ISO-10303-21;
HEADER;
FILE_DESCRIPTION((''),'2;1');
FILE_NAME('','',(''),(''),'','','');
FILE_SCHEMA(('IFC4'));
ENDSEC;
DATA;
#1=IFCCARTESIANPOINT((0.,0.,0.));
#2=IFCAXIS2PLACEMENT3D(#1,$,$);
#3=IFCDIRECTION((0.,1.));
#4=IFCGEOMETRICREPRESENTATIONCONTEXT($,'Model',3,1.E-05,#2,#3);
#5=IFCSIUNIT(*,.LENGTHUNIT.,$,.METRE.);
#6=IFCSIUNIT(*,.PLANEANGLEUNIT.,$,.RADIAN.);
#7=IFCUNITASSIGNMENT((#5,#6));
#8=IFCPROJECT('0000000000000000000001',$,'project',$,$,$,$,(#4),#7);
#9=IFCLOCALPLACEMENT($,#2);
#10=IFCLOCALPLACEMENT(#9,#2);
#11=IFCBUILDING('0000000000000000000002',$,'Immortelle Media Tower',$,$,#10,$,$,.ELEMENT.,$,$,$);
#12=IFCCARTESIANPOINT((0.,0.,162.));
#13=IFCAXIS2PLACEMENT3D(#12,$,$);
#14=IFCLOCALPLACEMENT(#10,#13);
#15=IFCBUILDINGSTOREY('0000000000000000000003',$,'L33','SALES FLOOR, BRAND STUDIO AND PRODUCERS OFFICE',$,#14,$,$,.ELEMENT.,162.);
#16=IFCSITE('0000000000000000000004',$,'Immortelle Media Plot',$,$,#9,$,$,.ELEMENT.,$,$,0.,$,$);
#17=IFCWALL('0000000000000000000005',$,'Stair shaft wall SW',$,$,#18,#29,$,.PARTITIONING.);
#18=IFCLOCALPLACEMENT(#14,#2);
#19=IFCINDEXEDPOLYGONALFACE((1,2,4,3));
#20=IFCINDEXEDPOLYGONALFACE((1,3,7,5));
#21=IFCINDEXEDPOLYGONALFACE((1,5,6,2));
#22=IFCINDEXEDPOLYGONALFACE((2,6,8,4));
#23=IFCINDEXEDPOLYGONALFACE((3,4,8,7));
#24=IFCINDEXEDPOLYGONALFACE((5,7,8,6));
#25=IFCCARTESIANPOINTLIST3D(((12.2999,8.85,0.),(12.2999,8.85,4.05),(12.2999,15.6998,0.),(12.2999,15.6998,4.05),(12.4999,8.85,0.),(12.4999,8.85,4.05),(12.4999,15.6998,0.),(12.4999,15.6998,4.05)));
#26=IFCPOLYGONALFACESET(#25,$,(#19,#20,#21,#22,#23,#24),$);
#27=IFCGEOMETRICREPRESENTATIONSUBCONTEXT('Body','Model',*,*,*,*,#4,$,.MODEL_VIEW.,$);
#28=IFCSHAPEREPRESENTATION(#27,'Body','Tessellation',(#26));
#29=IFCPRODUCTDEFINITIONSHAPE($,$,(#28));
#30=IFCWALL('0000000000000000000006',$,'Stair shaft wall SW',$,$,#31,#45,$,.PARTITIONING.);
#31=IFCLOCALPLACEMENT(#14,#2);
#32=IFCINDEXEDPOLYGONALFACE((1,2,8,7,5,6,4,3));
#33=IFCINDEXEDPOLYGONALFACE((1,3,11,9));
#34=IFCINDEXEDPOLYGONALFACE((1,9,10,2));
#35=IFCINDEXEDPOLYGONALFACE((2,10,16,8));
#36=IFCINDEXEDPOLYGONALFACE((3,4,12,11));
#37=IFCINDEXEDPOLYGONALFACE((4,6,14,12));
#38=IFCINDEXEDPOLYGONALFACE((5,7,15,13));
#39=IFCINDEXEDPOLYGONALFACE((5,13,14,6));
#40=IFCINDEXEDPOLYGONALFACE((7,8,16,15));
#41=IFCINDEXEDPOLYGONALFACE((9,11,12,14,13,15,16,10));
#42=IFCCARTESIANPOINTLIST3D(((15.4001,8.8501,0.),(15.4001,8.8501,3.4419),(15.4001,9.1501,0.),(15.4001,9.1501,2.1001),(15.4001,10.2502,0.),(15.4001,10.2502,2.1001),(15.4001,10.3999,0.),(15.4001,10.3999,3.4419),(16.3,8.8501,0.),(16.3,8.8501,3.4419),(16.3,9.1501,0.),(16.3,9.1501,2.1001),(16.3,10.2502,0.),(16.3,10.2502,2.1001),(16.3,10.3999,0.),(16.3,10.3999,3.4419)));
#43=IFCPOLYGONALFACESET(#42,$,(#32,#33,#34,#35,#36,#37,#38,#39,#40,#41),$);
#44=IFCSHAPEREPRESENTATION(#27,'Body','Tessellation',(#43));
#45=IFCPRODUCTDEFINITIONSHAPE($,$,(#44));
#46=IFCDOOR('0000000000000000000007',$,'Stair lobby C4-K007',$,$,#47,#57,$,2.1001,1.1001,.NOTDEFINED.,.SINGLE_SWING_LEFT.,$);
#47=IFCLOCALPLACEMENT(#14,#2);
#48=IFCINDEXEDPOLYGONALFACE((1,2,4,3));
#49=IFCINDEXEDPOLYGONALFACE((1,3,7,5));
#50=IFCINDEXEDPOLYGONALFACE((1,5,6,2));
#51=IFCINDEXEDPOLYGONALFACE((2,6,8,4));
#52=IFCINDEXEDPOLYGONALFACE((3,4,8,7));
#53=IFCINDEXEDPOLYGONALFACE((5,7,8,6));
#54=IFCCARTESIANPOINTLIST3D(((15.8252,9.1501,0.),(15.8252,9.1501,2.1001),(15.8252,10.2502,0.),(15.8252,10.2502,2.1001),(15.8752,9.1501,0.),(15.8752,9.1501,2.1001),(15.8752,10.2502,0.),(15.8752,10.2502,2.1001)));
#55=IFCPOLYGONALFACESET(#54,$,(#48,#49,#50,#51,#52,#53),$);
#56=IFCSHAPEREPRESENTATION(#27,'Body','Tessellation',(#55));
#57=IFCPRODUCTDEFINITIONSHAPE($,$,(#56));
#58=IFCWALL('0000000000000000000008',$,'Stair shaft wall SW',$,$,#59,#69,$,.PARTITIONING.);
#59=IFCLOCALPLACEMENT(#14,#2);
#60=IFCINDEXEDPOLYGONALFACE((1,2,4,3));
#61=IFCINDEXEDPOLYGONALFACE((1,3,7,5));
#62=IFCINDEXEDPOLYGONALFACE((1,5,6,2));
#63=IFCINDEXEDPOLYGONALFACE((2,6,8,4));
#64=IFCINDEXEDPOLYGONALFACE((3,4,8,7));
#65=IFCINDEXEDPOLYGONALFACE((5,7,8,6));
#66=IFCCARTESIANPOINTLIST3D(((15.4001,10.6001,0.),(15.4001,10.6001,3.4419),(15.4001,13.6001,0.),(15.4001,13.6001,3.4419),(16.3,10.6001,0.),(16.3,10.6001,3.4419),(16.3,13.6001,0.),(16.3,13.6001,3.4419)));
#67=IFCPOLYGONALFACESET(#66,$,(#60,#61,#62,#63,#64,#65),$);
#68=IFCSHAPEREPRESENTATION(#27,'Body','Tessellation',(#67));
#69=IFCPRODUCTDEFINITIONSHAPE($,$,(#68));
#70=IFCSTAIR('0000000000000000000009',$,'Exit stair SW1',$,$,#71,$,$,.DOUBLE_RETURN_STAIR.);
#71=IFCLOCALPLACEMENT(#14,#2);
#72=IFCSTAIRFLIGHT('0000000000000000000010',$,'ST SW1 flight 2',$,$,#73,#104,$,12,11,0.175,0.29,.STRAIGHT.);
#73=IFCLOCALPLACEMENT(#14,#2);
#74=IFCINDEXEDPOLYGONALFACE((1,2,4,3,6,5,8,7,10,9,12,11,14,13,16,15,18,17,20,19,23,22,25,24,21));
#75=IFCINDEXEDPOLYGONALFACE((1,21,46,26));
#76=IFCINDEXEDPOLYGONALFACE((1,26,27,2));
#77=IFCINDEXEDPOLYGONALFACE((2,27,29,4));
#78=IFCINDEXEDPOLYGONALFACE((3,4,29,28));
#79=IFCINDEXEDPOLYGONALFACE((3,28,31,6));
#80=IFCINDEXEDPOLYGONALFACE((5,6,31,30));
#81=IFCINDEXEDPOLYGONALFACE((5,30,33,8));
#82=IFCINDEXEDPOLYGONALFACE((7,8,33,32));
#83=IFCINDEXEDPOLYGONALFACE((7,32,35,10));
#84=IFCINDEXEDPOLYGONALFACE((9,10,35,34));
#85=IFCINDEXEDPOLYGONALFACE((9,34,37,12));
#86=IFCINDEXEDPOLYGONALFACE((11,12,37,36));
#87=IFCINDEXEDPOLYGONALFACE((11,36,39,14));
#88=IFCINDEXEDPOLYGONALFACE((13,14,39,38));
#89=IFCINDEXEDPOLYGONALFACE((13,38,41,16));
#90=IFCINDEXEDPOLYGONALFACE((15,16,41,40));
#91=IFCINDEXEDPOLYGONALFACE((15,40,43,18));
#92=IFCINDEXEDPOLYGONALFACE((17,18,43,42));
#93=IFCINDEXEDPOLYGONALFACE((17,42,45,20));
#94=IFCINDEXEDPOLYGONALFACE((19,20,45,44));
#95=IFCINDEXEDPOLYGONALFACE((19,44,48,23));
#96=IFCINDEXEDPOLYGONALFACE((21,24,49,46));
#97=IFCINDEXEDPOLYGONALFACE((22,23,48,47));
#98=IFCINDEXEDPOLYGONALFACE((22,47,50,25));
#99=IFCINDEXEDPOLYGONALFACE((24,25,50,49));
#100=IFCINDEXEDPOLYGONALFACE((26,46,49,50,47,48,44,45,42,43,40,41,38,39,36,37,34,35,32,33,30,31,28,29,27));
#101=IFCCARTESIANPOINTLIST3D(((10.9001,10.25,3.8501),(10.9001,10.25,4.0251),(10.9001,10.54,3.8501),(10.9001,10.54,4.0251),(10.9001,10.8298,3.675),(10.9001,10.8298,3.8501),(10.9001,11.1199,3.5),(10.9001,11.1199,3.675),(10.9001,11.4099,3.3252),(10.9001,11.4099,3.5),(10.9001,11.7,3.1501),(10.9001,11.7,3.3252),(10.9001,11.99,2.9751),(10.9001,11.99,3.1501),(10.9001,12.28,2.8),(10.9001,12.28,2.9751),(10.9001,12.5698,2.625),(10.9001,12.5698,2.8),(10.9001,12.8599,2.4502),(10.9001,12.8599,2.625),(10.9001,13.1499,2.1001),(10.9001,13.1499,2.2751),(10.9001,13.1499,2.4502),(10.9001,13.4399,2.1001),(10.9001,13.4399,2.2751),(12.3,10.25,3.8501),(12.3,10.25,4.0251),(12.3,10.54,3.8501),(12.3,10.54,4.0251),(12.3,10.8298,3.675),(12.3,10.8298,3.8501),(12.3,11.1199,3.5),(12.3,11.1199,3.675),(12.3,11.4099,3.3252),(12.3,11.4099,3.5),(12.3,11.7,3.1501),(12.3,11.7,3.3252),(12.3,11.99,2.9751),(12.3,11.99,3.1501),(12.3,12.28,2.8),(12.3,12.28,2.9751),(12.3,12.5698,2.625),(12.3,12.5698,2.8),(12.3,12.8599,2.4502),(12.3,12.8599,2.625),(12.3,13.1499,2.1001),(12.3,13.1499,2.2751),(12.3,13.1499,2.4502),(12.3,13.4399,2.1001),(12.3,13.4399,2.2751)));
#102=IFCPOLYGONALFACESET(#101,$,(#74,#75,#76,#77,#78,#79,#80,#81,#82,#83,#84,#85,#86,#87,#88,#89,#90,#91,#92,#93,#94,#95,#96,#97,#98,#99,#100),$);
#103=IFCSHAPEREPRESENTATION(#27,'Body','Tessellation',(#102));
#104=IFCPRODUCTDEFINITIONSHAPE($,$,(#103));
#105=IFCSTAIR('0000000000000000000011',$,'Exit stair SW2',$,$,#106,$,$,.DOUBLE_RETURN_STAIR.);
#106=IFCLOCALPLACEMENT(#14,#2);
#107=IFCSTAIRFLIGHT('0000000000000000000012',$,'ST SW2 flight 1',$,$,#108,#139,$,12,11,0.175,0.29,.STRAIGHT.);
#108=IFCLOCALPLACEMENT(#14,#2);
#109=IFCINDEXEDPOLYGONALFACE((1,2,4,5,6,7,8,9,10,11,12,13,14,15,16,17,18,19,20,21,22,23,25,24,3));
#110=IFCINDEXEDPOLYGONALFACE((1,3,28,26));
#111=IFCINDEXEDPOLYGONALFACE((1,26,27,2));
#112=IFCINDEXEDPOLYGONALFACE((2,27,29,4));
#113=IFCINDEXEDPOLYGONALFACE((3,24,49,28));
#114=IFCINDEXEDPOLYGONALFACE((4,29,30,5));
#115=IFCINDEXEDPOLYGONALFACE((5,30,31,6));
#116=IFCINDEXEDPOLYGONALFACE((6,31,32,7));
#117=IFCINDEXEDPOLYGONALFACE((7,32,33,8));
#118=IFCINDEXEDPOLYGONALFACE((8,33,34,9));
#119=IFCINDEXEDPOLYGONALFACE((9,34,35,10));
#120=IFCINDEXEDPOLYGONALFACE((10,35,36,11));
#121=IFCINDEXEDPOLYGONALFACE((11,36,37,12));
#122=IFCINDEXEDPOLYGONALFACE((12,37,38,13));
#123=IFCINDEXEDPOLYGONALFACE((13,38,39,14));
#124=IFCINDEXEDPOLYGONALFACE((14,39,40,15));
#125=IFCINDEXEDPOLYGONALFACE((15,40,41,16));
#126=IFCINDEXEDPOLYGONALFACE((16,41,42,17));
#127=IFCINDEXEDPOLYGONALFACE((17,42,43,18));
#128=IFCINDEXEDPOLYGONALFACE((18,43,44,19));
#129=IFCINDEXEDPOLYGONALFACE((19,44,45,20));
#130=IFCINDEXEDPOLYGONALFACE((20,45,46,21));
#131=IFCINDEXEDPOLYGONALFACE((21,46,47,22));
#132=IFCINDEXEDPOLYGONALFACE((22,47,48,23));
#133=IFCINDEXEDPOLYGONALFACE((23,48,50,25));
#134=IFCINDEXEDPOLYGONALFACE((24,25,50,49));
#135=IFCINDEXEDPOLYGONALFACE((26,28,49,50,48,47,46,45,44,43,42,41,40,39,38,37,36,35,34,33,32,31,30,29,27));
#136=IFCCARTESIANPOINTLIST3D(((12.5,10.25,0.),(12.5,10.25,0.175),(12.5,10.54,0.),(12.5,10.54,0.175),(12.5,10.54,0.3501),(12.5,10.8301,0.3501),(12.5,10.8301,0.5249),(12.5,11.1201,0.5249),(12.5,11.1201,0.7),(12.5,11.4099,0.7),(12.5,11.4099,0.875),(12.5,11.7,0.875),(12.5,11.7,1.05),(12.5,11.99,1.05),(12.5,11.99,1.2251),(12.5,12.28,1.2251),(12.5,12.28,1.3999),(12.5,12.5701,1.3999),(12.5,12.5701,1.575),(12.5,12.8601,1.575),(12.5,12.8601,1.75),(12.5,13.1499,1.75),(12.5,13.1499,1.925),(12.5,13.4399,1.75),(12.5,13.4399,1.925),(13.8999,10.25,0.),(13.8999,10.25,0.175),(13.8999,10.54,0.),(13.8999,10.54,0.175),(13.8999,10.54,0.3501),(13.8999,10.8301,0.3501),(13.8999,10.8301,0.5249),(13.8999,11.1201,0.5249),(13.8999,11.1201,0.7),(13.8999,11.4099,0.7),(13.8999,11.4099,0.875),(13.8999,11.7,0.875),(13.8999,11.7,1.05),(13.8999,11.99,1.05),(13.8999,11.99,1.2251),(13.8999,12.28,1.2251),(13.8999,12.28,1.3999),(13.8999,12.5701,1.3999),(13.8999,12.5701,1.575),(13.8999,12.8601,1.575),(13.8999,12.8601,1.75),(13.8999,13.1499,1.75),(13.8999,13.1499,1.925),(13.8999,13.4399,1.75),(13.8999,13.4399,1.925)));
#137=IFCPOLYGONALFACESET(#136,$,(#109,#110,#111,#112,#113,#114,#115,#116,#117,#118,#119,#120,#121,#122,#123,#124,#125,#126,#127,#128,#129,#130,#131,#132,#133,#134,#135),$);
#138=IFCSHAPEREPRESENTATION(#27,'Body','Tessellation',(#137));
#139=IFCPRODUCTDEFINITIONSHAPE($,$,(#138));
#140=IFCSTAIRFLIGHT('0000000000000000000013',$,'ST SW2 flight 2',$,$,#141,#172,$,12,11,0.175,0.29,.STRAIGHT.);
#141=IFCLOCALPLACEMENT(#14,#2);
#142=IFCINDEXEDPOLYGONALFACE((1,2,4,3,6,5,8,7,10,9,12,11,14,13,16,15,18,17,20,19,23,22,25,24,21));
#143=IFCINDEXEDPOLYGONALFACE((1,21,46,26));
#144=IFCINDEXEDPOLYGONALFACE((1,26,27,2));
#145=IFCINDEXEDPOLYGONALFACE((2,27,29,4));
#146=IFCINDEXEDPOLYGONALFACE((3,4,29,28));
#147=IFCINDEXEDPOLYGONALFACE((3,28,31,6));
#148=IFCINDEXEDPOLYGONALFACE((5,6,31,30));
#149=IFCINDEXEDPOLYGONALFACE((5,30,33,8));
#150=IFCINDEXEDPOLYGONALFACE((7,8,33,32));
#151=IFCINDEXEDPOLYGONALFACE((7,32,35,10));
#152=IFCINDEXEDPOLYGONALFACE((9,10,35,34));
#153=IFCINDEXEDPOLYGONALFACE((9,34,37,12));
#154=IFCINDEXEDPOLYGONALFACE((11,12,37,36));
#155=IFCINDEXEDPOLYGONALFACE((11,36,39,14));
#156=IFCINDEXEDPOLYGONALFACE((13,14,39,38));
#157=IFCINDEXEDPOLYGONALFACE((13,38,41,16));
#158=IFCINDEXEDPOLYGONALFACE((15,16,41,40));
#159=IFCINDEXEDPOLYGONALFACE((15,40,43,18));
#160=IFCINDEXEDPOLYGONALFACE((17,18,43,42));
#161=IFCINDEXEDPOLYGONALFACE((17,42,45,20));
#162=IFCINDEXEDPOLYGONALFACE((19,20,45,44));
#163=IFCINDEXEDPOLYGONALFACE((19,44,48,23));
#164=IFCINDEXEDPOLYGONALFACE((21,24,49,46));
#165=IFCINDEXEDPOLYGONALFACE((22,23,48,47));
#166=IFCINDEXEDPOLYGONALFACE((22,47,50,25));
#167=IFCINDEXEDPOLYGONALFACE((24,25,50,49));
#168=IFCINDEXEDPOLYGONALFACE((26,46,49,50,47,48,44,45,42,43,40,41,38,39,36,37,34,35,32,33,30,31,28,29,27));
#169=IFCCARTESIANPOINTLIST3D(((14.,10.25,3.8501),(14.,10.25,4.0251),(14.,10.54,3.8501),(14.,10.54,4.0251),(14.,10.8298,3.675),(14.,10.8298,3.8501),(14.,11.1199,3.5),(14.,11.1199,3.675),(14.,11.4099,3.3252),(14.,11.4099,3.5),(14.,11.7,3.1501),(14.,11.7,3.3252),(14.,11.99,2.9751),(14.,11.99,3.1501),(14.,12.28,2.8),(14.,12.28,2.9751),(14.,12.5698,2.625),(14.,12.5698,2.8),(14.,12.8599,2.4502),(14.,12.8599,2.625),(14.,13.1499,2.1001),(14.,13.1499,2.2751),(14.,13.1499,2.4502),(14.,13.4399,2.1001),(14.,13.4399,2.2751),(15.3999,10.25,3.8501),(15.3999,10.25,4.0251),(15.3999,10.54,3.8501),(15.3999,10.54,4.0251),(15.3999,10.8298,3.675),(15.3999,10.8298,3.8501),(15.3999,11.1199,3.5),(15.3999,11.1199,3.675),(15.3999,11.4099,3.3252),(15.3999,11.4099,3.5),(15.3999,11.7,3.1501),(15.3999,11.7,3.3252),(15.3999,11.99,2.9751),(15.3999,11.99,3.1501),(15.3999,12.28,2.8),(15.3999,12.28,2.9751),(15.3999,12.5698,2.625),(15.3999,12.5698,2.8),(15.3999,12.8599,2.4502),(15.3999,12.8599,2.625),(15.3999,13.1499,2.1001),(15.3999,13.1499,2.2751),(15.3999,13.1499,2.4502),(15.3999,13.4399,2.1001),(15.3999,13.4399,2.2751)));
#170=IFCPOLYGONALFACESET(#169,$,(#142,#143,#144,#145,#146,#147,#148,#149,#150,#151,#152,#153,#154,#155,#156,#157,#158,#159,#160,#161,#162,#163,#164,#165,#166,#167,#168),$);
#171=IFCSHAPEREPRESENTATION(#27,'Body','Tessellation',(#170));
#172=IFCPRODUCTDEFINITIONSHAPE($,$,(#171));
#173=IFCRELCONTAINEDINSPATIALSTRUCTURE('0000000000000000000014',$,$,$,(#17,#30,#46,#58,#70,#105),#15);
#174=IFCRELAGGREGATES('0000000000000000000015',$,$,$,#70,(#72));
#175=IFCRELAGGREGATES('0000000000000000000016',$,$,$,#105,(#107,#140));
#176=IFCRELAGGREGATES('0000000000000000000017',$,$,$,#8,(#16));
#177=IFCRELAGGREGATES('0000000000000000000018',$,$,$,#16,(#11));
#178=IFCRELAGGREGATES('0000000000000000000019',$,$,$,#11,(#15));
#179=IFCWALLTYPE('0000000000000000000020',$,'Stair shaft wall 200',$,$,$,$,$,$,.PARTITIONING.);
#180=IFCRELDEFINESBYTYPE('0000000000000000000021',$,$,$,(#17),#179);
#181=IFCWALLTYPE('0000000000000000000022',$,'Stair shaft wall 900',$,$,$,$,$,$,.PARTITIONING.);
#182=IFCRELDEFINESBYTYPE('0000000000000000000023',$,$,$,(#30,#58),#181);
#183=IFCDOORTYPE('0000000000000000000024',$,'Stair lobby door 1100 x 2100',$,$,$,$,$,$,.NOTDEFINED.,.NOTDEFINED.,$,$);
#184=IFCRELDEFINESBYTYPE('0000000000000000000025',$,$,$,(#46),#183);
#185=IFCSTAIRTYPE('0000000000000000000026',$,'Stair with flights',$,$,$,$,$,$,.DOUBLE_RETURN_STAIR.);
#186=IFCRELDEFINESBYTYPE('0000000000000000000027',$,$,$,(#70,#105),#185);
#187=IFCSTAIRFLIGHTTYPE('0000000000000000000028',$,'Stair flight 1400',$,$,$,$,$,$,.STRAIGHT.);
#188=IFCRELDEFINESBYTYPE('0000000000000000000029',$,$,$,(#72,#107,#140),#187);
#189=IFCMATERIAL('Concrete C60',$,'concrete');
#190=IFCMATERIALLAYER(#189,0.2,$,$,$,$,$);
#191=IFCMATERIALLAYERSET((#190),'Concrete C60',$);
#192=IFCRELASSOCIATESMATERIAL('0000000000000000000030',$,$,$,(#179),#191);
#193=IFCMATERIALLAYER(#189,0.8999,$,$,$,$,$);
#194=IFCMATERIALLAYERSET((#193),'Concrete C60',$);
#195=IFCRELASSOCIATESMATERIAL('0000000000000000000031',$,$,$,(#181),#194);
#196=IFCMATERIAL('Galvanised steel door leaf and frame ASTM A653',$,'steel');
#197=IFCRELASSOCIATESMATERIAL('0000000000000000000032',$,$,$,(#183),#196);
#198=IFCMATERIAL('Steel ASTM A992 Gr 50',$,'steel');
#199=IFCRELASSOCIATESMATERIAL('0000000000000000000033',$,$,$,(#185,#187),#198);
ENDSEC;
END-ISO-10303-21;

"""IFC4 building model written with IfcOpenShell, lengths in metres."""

from ifc_helpers import new_model, si_unit, direction, frame, frame_2d, origin, place, context, subcontext, project, spatial, polyline, rectangle, outline, extrude, material, layer, layer_set, type_object, element, fill, aggregate, save


model = new_model("IFC4")

# Units and contexts
model_context = context("Model", 3, precision=1e-05, world=origin(), true_north=direction((0.0, 1.0)))
body_context = subcontext(model_context, "Body", "Model", "MODEL_VIEW")
ifc_project = project(units=[si_unit("LENGTHUNIT", "METRE"), si_unit("PLANEANGLEUNIT", "RADIAN")], contexts=[model_context])

# Site, building, storey
site_placement = place(None, origin())
site = spatial("IfcSite", under=ifc_project, at=site_placement, Name="Immortelle Media Plot", CompositionType="ELEMENT", RefElevation=0.0)
building_placement = place(site_placement, origin())
building = spatial("IfcBuilding", under=site, at=building_placement, Name="Immortelle Media Tower", CompositionType="ELEMENT")
storey_placement = place(building_placement, frame((0.0, 0.0, 162.0)))
storey = spatial("IfcBuildingStorey", under=building, at=storey_placement, Name="L33", Description="SALES FLOOR, BRAND STUDIO AND PRODUCERS OFFICE", CompositionType="ELEMENT", Elevation=162.0)

# Shared definitions
ifc_material_1 = material(Name="Steel ASTM A992 Gr 50", Category="steel")

# Wall
ifc_material_2 = material(Name="Concrete C60", Category="concrete")
ifc_layer_1 = layer(ifc_material_2, 0.2)
ifc_layer_set_1 = layer_set([ifc_layer_1], Name="Concrete C60")
wall_type_1 = type_object("IfcWallType", Name="Stair shaft wall 200", PredefinedType="PARTITIONING", material=ifc_layer_set_1)
wall_1_placement = place(storey_placement, frame((12.3999, 8.8501, 0.0), z_axis=(0.0, 0.0, 1.0), x_axis=(0.0, 1.0, 0.0)))
element("IfcWall", 1, at=wall_1_placement, inside=storey, type_object=wall_type_1, Name="Stair shaft wall SW", PredefinedType="PARTITIONING", context=body_context, shape_type="SweptSolid", body=[
    extrude(rectangle(XDim=6.8499, YDim=0.2, at=frame_2d((3.4248, 0.0))), origin(), (0.0, 0.0, 1.0), 4.05),
])

# Wall, opening, door
ifc_layer_2 = layer(ifc_material_2, 0.8999)
ifc_layer_set_2 = layer_set([ifc_layer_2], Name="Concrete C60")
wall_type_2 = type_object("IfcWallType", Name="Stair shaft wall 900", PredefinedType="PARTITIONING", material=ifc_layer_set_2)
wall_2_placement = place(storey_placement, frame((15.8501, 8.8501, 0.0), z_axis=(0.0, 0.0, 1.0), x_axis=(0.0, 1.0, 0.0)))
wall_2 = element("IfcWall", 2, at=wall_2_placement, inside=storey, type_object=wall_type_2, Name="Stair shaft wall SW", PredefinedType="PARTITIONING", context=body_context, shape_type="SweptSolid", body=[
    extrude(rectangle(XDim=1.5498, YDim=0.8999, at=frame_2d((0.7749, 0.0))), origin(), (0.0, 0.0, 1.0), 3.4419),
])
opening_1_placement = place(wall_2_placement, frame((0.3, 0.0, 0.0)))
opening_1 = element("IfcOpeningElement", 3, at=opening_1_placement, cuts=wall_2, PredefinedType="OPENING", context=body_context, shape_type="SweptSolid", body=[
    extrude(rectangle(XDim=1.1001, YDim=2.1001, at=frame_2d((0.55, 1.05))), frame((0.0, 0.46, 0.0), z_axis=(0.0, -1.0, 0.0), x_axis=(1.0, 0.0, 0.0)), (0.0, 0.0, 1.0), 0.9199),
])
ifc_material_3 = material(Name="Galvanised steel door leaf and frame ASTM A653", Category="steel")
door_type_1 = type_object("IfcDoorType", Name="Stair lobby door 1100 x 2100", OperationType="NOTDEFINED", PredefinedType="NOTDEFINED", material=ifc_material_3)
door_1_placement = place(opening_1_placement, origin())
door_1 = element("IfcDoor", 4, at=door_1_placement, inside=storey, type_object=door_type_1, Name="Stair lobby C4-K007", OperationType="SINGLE_SWING_LEFT", OverallHeight=2.1001, OverallWidth=1.1001, PredefinedType="NOTDEFINED", context=body_context, shape_type="SweptSolid", body=[
    extrude(rectangle(XDim=1.1001, YDim=2.1001, at=frame_2d((0.55, 1.05))), frame((0.0, 0.0249, 0.0), z_axis=(0.0, -1.0, 0.0), x_axis=(1.0, 0.0, 0.0)), (0.0, 0.0, 1.0), 0.05),
])
fill(opening_1, door_1)

# Wall
wall_3_placement = place(storey_placement, frame((15.8501, 10.6001, 0.0), z_axis=(0.0, 0.0, 1.0), x_axis=(0.0, 1.0, 0.0)))
element("IfcWall", 5, at=wall_3_placement, inside=storey, type_object=wall_type_2, Name="Stair shaft wall SW", PredefinedType="PARTITIONING", context=body_context, shape_type="SweptSolid", body=[
    extrude(rectangle(XDim=3.0, YDim=0.8999, at=frame_2d((1.5, 0.0))), origin(), (0.0, 0.0, 1.0), 3.4419),
])

# Stair, stair flight
stair_type = type_object("IfcStairType", Name="Stair with flights", PredefinedType="DOUBLE_RETURN_STAIR", material=ifc_material_1)
stair_1_placement = place(storey_placement, origin())
stair_1 = element("IfcStair", 6, at=stair_1_placement, inside=storey, type_object=stair_type, Name="Exit stair SW1", PredefinedType="DOUBLE_RETURN_STAIR")
stair_flight_type = type_object("IfcStairFlightType", Name="Stair flight 1400", PredefinedType="STRAIGHT", material=ifc_material_1)
stair_flight_1_placement = place(storey_placement, frame((11.6001, 13.4399, 2.1001), z_axis=(0.0, 0.0, 1.0), x_axis=(0.0, -1.0, 0.0)))
stair_flight_1 = element("IfcStairFlight", 7, at=stair_flight_1_placement, type_object=stair_flight_type, Name="ST SW1 flight 2", NumberOfRisers=12, NumberOfTreads=11, PredefinedType="STRAIGHT", RiserHeight=0.175, TreadLength=0.29, context=body_context, shape_type="SweptSolid", body=[
    extrude(outline(polyline([(0.0, 0.0), (0.0, 0.175), (0.29, 0.175), (0.29, 0.3501), (0.5801, 0.3501), (0.5801, 0.5249), (0.8701, 0.5249), (0.8701, 0.7), (1.1599, 0.7), (1.1599, 0.875), (1.45, 0.875), (1.45, 1.05), (1.74, 1.05), (1.74, 1.2251), (2.03, 1.2251), (2.03, 1.3999), (2.3201, 1.3999), (2.3201, 1.575), (2.6101, 1.575), (2.6101, 1.75), (2.8999, 1.75), (2.8999, 1.925), (3.1899, 1.925), (3.1899, 2.1001), (3.1899, 1.75), (0.29, 0.0), (0.0, 0.0)])), frame((0.0, 0.7, 0.0), z_axis=(0.0, -1.0, 0.0), x_axis=(1.0, 0.0, 0.0)), (0.0, 0.0, 1.0), 1.3999),
])
aggregate(stair_1, [stair_flight_1])

# Stair, stair flights
stair_2_placement = place(storey_placement, origin())
stair_2 = element("IfcStair", 8, at=stair_2_placement, inside=storey, type_object=stair_type, Name="Exit stair SW2", PredefinedType="DOUBLE_RETURN_STAIR")
stair_flight_2_placement = place(storey_placement, frame((13.2, 10.25, 0.0), z_axis=(0.0, 0.0, 1.0), x_axis=(0.0, 1.0, 0.0)))
stair_flight_2 = element("IfcStairFlight", 9, at=stair_flight_2_placement, type_object=stair_flight_type, Name="ST SW2 flight 1", NumberOfRisers=12, NumberOfTreads=11, PredefinedType="STRAIGHT", RiserHeight=0.175, TreadLength=0.29, context=body_context, shape_type="SweptSolid", body=[
    extrude(outline(polyline([(0.0, 0.0), (0.0, 0.175), (0.29, 0.175), (0.29, 0.3501), (0.5801, 0.3501), (0.5801, 0.5249), (0.8701, 0.5249), (0.8701, 0.7), (1.1599, 0.7), (1.1599, 0.875), (1.45, 0.875), (1.45, 1.05), (1.74, 1.05), (1.74, 1.2251), (2.03, 1.2251), (2.03, 1.3999), (2.3201, 1.3999), (2.3201, 1.575), (2.6101, 1.575), (2.6101, 1.75), (2.8999, 1.75), (2.8999, 1.925), (3.1899, 1.925), (3.1899, 2.1001), (3.1899, 1.75), (0.29, 0.0), (0.0, 0.0)])), frame((0.0, 0.7, 0.0), z_axis=(0.0, -1.0, 0.0), x_axis=(1.0, 0.0, 0.0)), (0.0, 0.0, 1.0), 1.3999),
])
stair_flight_3_placement = place(storey_placement, frame((14.7, 13.4399, 2.1001), z_axis=(0.0, 0.0, 1.0), x_axis=(0.0, -1.0, 0.0)))
stair_flight_3 = element("IfcStairFlight", 10, at=stair_flight_3_placement, type_object=stair_flight_type, Name="ST SW2 flight 2", NumberOfRisers=12, NumberOfTreads=11, PredefinedType="STRAIGHT", RiserHeight=0.175, TreadLength=0.29, context=body_context, shape_type="SweptSolid", body=[
    extrude(outline(polyline([(0.0, 0.0), (0.0, 0.175), (0.29, 0.175), (0.29, 0.3501), (0.5801, 0.3501), (0.5801, 0.5249), (0.8701, 0.5249), (0.8701, 0.7), (1.1599, 0.7), (1.1599, 0.875), (1.45, 0.875), (1.45, 1.05), (1.74, 1.05), (1.74, 1.2251), (2.03, 1.2251), (2.03, 1.3999), (2.3201, 1.3999), (2.3201, 1.575), (2.6101, 1.575), (2.6101, 1.75), (2.8999, 1.75), (2.8999, 1.925), (3.1899, 1.925), (3.1899, 2.1001), (3.1899, 1.75), (0.29, 0.0), (0.0, 0.0)])), frame((0.0, 0.7, 0.0), z_axis=(0.0, -1.0, 0.0), x_axis=(1.0, 0.0, 0.0)), (0.0, 0.0, 1.0), 1.3999),
])
aggregate(stair_2, [stair_flight_2, stair_flight_3])

save(model, "model.ifc")
